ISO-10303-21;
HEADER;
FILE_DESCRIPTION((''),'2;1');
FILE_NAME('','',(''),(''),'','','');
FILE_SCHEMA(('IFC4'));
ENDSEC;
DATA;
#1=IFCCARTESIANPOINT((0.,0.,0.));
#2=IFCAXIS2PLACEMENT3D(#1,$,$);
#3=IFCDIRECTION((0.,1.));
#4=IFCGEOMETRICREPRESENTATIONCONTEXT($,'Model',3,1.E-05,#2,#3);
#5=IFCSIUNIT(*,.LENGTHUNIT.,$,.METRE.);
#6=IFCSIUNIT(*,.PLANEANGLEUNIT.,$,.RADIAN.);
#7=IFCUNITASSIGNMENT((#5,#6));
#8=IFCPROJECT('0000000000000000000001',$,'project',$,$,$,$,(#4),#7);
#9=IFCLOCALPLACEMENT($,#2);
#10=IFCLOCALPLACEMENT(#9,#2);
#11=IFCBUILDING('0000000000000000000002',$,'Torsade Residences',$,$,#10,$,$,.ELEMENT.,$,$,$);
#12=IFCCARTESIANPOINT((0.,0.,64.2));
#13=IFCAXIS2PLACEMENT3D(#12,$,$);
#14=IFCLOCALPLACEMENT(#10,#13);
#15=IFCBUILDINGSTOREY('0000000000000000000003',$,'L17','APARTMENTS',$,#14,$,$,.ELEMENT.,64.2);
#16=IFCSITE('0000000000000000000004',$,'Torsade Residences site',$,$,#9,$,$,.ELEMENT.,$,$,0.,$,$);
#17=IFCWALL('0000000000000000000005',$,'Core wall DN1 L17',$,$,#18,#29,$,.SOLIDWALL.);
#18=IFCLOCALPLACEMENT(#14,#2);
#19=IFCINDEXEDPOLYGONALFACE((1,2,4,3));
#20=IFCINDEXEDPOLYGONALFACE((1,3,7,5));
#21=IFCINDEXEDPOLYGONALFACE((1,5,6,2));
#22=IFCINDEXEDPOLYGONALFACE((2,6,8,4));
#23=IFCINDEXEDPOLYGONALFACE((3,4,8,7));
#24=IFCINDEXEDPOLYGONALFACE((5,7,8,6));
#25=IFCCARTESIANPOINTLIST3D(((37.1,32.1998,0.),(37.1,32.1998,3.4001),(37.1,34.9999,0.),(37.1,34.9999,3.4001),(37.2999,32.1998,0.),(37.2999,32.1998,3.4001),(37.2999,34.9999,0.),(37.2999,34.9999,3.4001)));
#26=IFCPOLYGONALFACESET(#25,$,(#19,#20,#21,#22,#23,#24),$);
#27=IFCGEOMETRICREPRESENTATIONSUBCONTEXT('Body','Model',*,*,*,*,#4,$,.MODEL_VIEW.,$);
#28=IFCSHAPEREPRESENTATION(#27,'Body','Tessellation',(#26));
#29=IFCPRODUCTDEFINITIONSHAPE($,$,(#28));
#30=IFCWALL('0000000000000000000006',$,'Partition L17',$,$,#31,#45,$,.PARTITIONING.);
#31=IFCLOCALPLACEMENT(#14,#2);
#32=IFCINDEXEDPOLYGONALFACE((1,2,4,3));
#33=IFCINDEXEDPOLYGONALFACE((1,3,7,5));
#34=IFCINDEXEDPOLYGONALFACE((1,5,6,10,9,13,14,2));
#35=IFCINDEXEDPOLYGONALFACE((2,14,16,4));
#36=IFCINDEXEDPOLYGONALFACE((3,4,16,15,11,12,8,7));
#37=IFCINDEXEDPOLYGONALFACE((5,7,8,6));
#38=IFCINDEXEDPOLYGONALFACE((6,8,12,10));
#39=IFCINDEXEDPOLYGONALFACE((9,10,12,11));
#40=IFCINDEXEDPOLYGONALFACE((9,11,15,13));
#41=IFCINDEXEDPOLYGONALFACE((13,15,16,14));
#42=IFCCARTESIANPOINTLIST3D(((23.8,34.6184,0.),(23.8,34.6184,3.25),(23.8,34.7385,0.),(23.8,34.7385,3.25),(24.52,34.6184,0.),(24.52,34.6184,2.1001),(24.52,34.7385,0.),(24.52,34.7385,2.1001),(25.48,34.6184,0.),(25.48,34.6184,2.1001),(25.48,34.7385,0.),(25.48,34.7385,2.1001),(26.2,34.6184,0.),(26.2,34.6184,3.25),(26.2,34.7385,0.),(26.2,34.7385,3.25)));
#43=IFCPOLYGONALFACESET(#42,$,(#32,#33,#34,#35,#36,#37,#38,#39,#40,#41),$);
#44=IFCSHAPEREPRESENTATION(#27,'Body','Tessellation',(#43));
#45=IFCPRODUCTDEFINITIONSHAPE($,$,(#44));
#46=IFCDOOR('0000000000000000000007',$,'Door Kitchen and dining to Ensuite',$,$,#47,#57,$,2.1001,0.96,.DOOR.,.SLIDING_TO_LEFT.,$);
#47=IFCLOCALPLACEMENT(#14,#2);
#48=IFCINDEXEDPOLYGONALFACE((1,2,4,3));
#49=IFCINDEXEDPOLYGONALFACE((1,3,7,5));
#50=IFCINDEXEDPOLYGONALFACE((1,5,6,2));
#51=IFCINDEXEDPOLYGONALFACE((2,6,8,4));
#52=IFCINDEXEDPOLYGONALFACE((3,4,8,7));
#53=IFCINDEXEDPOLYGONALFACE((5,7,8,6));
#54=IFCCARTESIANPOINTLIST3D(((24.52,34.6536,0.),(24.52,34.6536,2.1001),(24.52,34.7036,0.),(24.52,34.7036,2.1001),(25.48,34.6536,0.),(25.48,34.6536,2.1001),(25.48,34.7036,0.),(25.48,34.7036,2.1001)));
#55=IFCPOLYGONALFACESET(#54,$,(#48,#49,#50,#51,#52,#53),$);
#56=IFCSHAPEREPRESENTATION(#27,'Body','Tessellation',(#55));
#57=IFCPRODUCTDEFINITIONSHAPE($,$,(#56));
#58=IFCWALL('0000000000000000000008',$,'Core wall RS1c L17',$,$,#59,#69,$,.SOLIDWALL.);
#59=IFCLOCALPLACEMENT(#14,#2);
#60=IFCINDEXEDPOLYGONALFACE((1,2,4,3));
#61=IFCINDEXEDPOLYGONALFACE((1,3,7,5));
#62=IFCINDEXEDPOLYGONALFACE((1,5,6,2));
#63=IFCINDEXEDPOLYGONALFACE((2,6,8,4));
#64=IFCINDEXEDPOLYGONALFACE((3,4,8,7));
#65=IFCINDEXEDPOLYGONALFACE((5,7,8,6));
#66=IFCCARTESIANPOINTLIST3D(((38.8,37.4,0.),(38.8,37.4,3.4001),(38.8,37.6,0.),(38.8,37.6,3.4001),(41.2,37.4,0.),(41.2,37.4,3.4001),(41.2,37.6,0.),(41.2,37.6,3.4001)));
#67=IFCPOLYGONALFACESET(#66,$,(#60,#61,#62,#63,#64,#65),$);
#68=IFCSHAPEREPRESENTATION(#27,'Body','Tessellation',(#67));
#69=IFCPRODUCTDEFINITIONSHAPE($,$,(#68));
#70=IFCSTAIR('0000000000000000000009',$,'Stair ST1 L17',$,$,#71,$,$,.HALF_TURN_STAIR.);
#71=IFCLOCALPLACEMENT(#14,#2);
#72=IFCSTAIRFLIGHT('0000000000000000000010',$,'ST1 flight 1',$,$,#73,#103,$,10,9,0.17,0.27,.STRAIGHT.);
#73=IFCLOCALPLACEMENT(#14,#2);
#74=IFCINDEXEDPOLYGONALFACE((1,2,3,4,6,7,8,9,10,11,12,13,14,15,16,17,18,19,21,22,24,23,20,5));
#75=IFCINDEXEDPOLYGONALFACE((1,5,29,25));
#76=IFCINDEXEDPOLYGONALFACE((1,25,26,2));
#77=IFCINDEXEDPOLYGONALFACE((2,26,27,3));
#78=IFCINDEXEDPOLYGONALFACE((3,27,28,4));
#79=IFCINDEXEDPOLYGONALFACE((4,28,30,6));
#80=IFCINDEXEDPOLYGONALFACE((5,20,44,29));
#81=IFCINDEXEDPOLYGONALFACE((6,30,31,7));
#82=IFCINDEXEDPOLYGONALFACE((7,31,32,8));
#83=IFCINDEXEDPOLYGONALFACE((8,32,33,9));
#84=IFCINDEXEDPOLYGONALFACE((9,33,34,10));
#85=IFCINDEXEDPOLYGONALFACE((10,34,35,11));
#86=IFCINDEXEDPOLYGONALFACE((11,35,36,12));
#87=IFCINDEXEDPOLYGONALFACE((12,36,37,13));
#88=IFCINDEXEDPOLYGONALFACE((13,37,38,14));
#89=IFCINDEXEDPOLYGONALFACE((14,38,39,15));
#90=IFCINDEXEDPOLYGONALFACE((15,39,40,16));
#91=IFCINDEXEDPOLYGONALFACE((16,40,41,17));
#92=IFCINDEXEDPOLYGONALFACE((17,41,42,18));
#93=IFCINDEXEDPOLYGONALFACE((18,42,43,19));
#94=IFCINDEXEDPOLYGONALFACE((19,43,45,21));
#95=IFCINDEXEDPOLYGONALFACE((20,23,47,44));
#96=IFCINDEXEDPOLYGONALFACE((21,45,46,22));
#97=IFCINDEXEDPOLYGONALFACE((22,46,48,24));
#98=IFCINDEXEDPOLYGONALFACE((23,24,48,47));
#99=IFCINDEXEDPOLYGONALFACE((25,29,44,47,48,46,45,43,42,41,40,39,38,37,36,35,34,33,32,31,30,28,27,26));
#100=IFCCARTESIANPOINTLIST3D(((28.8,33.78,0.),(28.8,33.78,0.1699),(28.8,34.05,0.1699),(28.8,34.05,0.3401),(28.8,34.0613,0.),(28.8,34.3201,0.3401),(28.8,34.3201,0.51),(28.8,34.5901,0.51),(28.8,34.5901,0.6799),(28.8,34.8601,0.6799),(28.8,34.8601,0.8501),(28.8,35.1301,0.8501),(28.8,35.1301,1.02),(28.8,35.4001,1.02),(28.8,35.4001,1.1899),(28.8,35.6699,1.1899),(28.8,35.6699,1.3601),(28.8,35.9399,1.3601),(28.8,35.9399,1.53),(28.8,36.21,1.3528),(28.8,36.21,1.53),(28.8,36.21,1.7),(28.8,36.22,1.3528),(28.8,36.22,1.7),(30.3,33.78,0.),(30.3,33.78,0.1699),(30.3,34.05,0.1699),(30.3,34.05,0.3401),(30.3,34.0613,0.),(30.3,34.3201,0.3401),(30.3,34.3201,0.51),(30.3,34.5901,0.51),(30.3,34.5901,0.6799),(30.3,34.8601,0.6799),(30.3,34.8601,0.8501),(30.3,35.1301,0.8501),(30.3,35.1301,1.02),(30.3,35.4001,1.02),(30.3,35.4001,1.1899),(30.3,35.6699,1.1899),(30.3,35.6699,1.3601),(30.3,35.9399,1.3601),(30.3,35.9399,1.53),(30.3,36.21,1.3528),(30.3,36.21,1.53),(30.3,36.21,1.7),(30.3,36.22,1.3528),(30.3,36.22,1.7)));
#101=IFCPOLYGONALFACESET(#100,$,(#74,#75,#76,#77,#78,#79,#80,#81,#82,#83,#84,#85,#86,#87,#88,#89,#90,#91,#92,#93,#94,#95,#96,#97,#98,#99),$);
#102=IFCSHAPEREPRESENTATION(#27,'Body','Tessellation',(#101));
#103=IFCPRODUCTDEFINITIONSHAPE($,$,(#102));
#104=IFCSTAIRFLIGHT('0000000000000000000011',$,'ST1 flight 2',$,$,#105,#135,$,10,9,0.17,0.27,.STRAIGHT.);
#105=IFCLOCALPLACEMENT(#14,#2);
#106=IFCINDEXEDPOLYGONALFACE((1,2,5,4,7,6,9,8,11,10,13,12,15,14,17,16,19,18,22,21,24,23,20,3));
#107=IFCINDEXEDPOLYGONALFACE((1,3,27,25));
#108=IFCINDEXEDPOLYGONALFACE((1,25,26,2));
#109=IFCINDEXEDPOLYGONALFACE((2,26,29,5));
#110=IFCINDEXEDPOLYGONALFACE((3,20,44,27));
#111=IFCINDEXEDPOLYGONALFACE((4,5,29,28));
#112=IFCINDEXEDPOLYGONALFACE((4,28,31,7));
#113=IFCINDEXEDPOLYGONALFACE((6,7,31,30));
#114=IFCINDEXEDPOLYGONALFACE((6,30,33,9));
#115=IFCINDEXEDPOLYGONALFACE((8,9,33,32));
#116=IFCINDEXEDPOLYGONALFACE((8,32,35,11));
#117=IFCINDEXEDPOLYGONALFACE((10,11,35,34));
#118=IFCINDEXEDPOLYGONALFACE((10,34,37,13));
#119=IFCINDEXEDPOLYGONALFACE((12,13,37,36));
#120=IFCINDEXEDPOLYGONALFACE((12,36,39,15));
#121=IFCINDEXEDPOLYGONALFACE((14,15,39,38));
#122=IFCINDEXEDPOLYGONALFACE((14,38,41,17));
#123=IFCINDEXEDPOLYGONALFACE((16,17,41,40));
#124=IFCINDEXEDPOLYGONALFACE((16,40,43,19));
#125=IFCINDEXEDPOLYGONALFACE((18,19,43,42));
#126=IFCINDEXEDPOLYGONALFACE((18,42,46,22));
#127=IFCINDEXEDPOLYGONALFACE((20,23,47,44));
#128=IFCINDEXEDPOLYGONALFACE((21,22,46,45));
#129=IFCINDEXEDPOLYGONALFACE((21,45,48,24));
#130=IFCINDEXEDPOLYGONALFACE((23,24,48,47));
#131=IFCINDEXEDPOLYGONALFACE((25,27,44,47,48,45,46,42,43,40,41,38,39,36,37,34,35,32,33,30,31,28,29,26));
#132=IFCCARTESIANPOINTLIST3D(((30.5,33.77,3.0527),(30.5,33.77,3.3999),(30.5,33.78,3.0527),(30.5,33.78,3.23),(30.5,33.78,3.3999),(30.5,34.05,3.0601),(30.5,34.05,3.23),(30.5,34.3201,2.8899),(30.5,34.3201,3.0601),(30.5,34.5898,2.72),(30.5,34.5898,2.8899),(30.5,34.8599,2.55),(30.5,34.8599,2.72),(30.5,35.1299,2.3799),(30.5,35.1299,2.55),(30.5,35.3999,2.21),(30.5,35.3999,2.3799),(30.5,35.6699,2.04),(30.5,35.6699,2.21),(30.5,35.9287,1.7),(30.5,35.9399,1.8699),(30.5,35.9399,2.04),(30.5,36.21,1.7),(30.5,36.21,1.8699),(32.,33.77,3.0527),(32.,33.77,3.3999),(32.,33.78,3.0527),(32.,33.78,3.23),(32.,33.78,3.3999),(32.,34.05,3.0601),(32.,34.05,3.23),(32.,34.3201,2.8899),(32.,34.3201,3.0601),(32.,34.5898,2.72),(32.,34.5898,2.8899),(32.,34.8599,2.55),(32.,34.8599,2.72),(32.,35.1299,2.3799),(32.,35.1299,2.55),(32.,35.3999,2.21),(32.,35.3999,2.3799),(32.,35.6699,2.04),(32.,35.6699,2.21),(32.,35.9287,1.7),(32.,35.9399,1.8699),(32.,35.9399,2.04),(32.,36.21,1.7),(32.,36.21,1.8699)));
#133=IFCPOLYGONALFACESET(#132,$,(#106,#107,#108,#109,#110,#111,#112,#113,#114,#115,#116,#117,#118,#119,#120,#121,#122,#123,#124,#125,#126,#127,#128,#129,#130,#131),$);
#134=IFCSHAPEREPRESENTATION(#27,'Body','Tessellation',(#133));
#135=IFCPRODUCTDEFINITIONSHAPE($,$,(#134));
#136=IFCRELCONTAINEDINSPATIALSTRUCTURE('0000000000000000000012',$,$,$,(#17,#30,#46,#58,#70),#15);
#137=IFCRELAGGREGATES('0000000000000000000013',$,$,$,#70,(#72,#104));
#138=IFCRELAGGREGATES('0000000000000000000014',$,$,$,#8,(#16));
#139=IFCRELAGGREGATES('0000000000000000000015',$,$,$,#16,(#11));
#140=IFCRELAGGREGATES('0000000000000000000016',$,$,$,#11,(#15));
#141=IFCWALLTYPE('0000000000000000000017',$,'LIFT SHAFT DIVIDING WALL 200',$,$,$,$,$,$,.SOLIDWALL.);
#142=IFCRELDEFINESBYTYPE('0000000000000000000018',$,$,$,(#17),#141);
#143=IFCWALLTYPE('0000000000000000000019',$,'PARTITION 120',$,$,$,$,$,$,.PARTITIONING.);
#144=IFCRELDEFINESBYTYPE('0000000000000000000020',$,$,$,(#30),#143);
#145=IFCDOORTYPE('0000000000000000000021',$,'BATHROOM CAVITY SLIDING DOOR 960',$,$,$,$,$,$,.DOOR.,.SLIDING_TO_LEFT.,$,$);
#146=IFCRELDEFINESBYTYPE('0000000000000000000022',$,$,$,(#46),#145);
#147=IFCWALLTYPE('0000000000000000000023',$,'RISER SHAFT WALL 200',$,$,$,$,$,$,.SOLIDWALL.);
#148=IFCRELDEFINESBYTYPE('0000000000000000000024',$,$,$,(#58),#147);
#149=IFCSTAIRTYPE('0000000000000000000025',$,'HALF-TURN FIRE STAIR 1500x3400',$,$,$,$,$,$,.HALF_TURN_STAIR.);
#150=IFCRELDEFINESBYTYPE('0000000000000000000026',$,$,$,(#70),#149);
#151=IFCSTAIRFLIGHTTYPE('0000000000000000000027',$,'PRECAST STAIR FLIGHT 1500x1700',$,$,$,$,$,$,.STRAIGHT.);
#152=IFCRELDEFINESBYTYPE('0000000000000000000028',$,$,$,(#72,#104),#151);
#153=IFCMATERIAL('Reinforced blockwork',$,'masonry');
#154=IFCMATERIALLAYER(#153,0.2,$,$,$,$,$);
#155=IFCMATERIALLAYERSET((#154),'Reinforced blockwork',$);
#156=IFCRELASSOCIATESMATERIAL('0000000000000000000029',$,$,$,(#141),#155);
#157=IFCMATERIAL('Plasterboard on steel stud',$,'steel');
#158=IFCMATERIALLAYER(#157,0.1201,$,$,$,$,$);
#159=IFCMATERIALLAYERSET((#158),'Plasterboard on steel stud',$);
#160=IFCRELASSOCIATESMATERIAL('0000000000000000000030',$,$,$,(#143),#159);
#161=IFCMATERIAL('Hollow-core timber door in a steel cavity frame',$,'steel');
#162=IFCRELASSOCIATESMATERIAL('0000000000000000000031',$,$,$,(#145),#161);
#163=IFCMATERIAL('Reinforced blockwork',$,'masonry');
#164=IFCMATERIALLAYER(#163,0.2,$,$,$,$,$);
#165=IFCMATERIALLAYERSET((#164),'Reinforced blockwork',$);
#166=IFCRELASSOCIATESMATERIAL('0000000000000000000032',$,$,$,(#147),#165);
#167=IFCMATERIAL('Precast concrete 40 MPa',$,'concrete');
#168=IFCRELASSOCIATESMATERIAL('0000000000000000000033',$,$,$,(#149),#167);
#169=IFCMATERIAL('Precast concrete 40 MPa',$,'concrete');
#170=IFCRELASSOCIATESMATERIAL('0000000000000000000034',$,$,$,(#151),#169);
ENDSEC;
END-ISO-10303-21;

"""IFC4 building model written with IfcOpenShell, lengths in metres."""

from ifc_helpers import new_model, si_unit, direction, frame, frame_2d, origin, place, context, subcontext, project, spatial, polyline, rectangle, outline, extrude, material, layer, layer_set, type_object, element, fill, aggregate, save


model = new_model("IFC4")

# Units and contexts
model_context = context("Model", 3, precision=1e-05, world=origin(), true_north=direction((0.0, 1.0)))
body_context = subcontext(model_context, "Body", "Model", "MODEL_VIEW")
ifc_project = project(units=[si_unit("LENGTHUNIT", "METRE"), si_unit("PLANEANGLEUNIT", "RADIAN")], contexts=[model_context])

# Site, building, storey
site_placement = place(None, origin())
site = spatial("IfcSite", under=ifc_project, at=site_placement, Name="Torsade Residences site", CompositionType="ELEMENT", RefElevation=0.0)
building_placement = place(site_placement, origin())
building = spatial("IfcBuilding", under=site, at=building_placement, Name="Torsade Residences", CompositionType="ELEMENT")
storey_placement = place(building_placement, frame((0.0, 0.0, 64.2)))
storey = spatial("IfcBuildingStorey", under=building, at=storey_placement, Name="L17", Description="APARTMENTS", CompositionType="ELEMENT", Elevation=64.2)

# Wall
ifc_material_1 = material(Name="Reinforced blockwork", Category="masonry")
ifc_layer_1 = layer(ifc_material_1, 0.2)
ifc_layer_set_1 = layer_set([ifc_layer_1], Name="Reinforced blockwork")
wall_type_1 = type_object("IfcWallType", Name="LIFT SHAFT DIVIDING WALL 200", PredefinedType="SOLIDWALL", material=ifc_layer_set_1)
wall_1_placement = place(storey_placement, frame((37.2, 32.2, 0.0), z_axis=(0.0, 0.0, 1.0), x_axis=(0.0, 1.0, 0.0)))
element("IfcWall", 1, at=wall_1_placement, inside=storey, type_object=wall_type_1, Name="Core wall DN1 L17", PredefinedType="SOLIDWALL", context=body_context, shape_type="SweptSolid", body=[
    extrude(rectangle(XDim=2.8, YDim=0.2, at=frame_2d((1.3999, 0.0))), origin(), (0.0, 0.0, 1.0), 3.4001),
])

# Wall, opening, door
ifc_material_2 = material(Name="Plasterboard on steel stud", Category="steel")
ifc_layer_2 = layer(ifc_material_2, 0.1201)
ifc_layer_set_2 = layer_set([ifc_layer_2], Name="Plasterboard on steel stud")
wall_type_2 = type_object("IfcWallType", Name="PARTITION 120", PredefinedType="PARTITIONING", material=ifc_layer_set_2)
wall_2_placement = place(storey_placement, frame((26.2, 34.6785, 0.0), z_axis=(0.0, 0.0, 1.0), x_axis=(-1.0, 0.0, 0.0)))
wall_2 = element("IfcWall", 2, at=wall_2_placement, inside=storey, type_object=wall_type_2, Name="Partition L17", PredefinedType="PARTITIONING", context=body_context, shape_type="SweptSolid", body=[
    extrude(rectangle(XDim=2.3999, YDim=0.1201, at=frame_2d((1.2, 0.0))), origin(), (0.0, 0.0, 1.0), 3.25),
])
opening_1_placement = place(wall_2_placement, frame((0.72, 0.0, 0.0)))
opening_1 = element("IfcOpeningElement", 3, at=opening_1_placement, cuts=wall_2, PredefinedType="OPENING", context=body_context, shape_type="SweptSolid", body=[
    extrude(rectangle(XDim=0.96, YDim=2.1001, at=frame_2d((0.48, 1.05))), frame((0.0, 0.0701, 0.0), z_axis=(0.0, -1.0, 0.0), x_axis=(1.0, 0.0, 0.0)), (0.0, 0.0, 1.0), 0.1401),
])
ifc_material_3 = material(Name="Hollow-core timber door in a steel cavity frame", Category="steel")
door_type_1 = type_object("IfcDoorType", Name="BATHROOM CAVITY SLIDING DOOR 960", OperationType="SLIDING_TO_LEFT", PredefinedType="DOOR", material=ifc_material_3)
door_1_placement = place(opening_1_placement, origin())
door_1 = element("IfcDoor", 4, at=door_1_placement, inside=storey, type_object=door_type_1, Name="Door Kitchen and dining to Ensuite", OperationType="SLIDING_TO_LEFT", OverallHeight=2.1001, OverallWidth=0.96, PredefinedType="DOOR", context=body_context, shape_type="SweptSolid", body=[
    extrude(rectangle(XDim=0.96, YDim=2.1001, at=frame_2d((0.48, 1.05))), frame((0.0, 0.0249, 0.0), z_axis=(0.0, -1.0, 0.0), x_axis=(1.0, 0.0, 0.0)), (0.0, 0.0, 1.0), 0.05),
])
fill(opening_1, door_1)

# Wall
ifc_material_4 = material(Name="Reinforced blockwork", Category="masonry")
ifc_layer_3 = layer(ifc_material_4, 0.2)
ifc_layer_set_3 = layer_set([ifc_layer_3], Name="Reinforced blockwork")
wall_type_3 = type_object("IfcWallType", Name="RISER SHAFT WALL 200", PredefinedType="SOLIDWALL", material=ifc_layer_set_3)
wall_3_placement = place(storey_placement, frame((38.8, 37.5, 0.0), z_axis=(0.0, 0.0, 1.0), x_axis=(1.0, 0.0, 0.0)))
element("IfcWall", 5, at=wall_3_placement, inside=storey, type_object=wall_type_3, Name="Core wall RS1c L17", PredefinedType="SOLIDWALL", context=body_context, shape_type="SweptSolid", body=[
    extrude(rectangle(XDim=2.3999, YDim=0.2, at=frame_2d((1.2, 0.0))), origin(), (0.0, 0.0, 1.0), 3.4001),
])

# Stair, stair flights
ifc_material_5 = material(Name="Precast concrete 40 MPa", Category="concrete")
stair_type = type_object("IfcStairType", Name="HALF-TURN FIRE STAIR 1500x3400", PredefinedType="HALF_TURN_STAIR", material=ifc_material_5)
stair_placement = place(storey_placement, origin())
stair = element("IfcStair", 6, at=stair_placement, inside=storey, type_object=stair_type, Name="Stair ST1 L17", PredefinedType="HALF_TURN_STAIR")
ifc_material_6 = material(Name="Precast concrete 40 MPa", Category="concrete")
stair_flight_type = type_object("IfcStairFlightType", Name="PRECAST STAIR FLIGHT 1500x1700", PredefinedType="STRAIGHT", material=ifc_material_6)
stair_flight_1_placement = place(storey_placement, frame((29.55, 33.78, 0.0), z_axis=(0.0, 0.0, 1.0), x_axis=(0.0, 1.0, 0.0)))
stair_flight_1 = element("IfcStairFlight", 7, at=stair_flight_1_placement, type_object=stair_flight_type, Name="ST1 flight 1", NumberOfRisers=10, NumberOfTreads=9, PredefinedType="STRAIGHT", RiserHeight=0.17, TreadLength=0.27, context=body_context, shape_type="SweptSolid", body=[
    extrude(outline(polyline([(0.0, 0.0), (0.0, 0.1699), (0.27, 0.1699), (0.27, 0.3401), (0.54, 0.3401), (0.54, 0.51), (0.8101, 0.51), (0.8101, 0.6799), (1.0801, 0.6799), (1.0801, 0.8501), (1.3501, 0.8501), (1.3501, 1.02), (1.6201, 1.02), (1.6201, 1.1899), (1.8899, 1.1899), (1.8899, 1.3601), (2.1599, 1.3601), (2.1599, 1.53), (2.4299, 1.53), (2.4299, 1.7), (2.4399, 1.7), (2.4399, 1.3528), (2.4299, 1.3528), (0.2812, 0.0), (0.0, 0.0)])), frame((0.0, 0.75, 0.0), z_axis=(0.0, -1.0, 0.0), x_axis=(1.0, 0.0, 0.0)), (0.0, 0.0, 1.0), 1.5),
])
stair_flight_2_placement = place(storey_placement, frame((31.25, 36.21, 1.7), z_axis=(0.0, 0.0, 1.0), x_axis=(0.0, -1.0, 0.0)))
stair_flight_2 = element("IfcStairFlight", 8, at=stair_flight_2_placement, type_object=stair_flight_type, Name="ST1 flight 2", NumberOfRisers=10, NumberOfTreads=9, PredefinedType="STRAIGHT", RiserHeight=0.17, TreadLength=0.27, context=body_context, shape_type="SweptSolid", body=[
    extrude(outline(polyline([(0.0, 0.0), (0.0, 0.1699), (0.27, 0.1699), (0.27, 0.3401), (0.54, 0.3401), (0.54, 0.51), (0.8101, 0.51), (0.8101, 0.6799), (1.0801, 0.6799), (1.0801, 0.8501), (1.3501, 0.8501), (1.3501, 1.02), (1.6201, 1.02), (1.6201, 1.1899), (1.8899, 1.1899), (1.8899, 1.3601), (2.1599, 1.3601), (2.1599, 1.53), (2.4299, 1.53), (2.4299, 1.7), (2.4399, 1.7), (2.4399, 1.3528), (2.4299, 1.3528), (0.2812, 0.0), (0.0, 0.0)])), frame((0.0, 0.75, 0.0), z_axis=(0.0, -1.0, 0.0), x_axis=(1.0, 0.0, 0.0)), (0.0, 0.0, 1.0), 1.5),
])
aggregate(stair, [stair_flight_1, stair_flight_2])

save(model, "model.ifc")
